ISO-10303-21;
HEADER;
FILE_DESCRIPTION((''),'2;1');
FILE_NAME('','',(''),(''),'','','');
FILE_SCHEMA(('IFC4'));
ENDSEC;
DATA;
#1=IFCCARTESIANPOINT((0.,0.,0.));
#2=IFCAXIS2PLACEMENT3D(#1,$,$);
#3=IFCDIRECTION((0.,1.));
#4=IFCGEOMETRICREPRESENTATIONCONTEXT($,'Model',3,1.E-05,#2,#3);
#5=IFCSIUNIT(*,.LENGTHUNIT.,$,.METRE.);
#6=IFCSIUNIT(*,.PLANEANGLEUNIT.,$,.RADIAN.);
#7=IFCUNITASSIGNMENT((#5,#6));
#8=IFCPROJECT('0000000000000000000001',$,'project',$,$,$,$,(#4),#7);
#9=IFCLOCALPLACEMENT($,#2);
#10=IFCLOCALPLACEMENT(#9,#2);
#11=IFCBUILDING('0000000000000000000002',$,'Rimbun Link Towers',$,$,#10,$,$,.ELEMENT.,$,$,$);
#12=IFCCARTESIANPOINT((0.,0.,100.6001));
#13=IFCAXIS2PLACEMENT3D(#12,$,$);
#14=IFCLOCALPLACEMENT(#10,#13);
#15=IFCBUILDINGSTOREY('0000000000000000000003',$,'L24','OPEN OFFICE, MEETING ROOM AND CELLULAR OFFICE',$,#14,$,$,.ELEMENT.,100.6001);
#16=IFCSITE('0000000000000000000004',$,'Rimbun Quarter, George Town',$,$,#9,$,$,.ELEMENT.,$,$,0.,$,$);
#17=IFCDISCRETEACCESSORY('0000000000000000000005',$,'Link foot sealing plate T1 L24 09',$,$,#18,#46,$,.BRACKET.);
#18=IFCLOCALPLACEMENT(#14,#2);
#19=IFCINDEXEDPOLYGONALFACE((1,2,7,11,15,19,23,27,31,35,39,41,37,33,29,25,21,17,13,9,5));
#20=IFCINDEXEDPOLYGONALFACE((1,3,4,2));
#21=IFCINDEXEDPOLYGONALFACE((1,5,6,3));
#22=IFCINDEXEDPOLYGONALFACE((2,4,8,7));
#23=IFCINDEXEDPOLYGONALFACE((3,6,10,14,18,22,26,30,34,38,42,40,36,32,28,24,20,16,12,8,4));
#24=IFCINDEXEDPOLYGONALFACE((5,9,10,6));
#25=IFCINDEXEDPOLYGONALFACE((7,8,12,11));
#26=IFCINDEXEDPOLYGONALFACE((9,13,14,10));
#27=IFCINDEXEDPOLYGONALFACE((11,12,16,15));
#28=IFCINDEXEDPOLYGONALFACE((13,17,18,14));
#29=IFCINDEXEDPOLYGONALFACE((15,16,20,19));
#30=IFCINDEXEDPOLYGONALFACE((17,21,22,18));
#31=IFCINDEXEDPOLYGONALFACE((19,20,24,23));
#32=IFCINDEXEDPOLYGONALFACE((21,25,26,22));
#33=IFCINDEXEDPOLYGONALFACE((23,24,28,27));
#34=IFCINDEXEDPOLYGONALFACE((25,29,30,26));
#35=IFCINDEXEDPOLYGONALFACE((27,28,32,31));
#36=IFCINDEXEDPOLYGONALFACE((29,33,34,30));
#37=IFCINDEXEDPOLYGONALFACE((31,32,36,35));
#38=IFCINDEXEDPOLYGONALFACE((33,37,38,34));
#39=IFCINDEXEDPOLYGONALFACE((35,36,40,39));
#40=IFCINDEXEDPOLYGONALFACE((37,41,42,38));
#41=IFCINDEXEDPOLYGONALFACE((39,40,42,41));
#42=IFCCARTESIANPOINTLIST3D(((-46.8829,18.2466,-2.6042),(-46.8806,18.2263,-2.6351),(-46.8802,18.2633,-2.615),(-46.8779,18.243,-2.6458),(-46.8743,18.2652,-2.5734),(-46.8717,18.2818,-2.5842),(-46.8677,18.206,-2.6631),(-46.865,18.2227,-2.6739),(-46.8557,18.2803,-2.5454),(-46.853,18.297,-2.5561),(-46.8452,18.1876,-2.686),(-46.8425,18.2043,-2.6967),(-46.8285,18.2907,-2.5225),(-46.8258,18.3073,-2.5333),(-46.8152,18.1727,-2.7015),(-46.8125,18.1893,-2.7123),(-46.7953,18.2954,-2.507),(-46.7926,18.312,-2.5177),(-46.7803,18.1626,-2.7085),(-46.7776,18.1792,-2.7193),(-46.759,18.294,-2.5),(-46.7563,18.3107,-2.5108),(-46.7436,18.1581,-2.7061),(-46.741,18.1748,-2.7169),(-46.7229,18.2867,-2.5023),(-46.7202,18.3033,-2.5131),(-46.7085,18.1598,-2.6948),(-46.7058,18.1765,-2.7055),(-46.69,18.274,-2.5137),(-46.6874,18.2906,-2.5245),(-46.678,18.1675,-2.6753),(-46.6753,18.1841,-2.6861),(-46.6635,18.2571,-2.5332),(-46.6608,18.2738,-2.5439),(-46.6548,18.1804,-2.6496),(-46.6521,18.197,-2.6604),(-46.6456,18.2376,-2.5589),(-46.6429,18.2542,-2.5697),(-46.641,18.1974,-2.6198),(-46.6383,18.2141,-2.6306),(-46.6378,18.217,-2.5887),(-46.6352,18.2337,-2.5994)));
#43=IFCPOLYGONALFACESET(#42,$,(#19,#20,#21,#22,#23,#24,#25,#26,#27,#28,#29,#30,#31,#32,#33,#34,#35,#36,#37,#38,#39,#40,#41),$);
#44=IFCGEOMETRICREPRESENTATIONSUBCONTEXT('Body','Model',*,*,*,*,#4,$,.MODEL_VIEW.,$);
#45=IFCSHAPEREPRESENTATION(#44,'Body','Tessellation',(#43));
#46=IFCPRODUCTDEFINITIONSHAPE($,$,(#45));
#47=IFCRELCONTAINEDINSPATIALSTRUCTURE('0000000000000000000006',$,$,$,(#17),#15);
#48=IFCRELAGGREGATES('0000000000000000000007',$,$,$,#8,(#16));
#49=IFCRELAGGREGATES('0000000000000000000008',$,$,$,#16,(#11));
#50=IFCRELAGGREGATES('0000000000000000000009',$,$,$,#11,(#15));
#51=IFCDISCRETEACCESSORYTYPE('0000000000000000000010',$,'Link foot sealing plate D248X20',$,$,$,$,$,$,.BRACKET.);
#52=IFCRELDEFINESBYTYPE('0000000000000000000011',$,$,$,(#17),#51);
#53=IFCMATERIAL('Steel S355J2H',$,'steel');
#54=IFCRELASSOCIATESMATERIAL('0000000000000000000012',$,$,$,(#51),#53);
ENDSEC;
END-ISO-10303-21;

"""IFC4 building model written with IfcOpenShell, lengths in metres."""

from ifc_helpers import new_model, si_unit, direction, frame, origin, origin_2d, place, context, subcontext, project, spatial, circle, extrude, material, material_profile, profile_set, type_object, element, save


model = new_model("IFC4")

# Units and contexts
model_context = context("Model", 3, precision=1e-05, world=origin(), true_north=direction((0.0, 1.0)))
body_context = subcontext(model_context, "Body", "Model", "MODEL_VIEW")
ifc_project = project(units=[si_unit("LENGTHUNIT", "METRE"), si_unit("PLANEANGLEUNIT", "RADIAN")], contexts=[model_context])

# Site, building, storey
site_placement = place(None, origin())
site = spatial("IfcSite", under=ifc_project, at=site_placement, Name="Rimbun Quarter, George Town", CompositionType="ELEMENT", RefElevation=0.0)
building_placement = place(site_placement, origin())
building = spatial("IfcBuilding", under=site, at=building_placement, Name="Rimbun Link Towers", CompositionType="ELEMENT")
storey_placement = place(building_placement, frame((0.0, 0.0, 100.6001)))
storey = spatial("IfcBuildingStorey", under=building, at=storey_placement, Name="L24", Description="OPEN OFFICE, MEETING ROOM AND CELLULAR OFFICE", CompositionType="ELEMENT", Elevation=100.6001)

# Discrete accessory
ifc_material_1 = material(Name="Steel S355J2H", Category="steel")
ifc_material_profile_1 = material_profile(ifc_material_1, circle(Radius=0.124, at=origin_2d()), Name="PL D248")
ifc_profile_set_1 = profile_set([ifc_material_profile_1], Name="Steel S355J2H")
discrete_accessory_type = type_object("IfcDiscreteAccessoryType", Name="Link foot sealing plate D248X20", PredefinedType="BRACKET", material=ifc_profile_set_1)
discrete_accessory_placement = place(storey_placement, frame((-46.7605, 18.2268, -2.6042), z_axis=(0.134577, 0.831933, -0.538309), x_axis=(-0.987167, 0.159689, 0.0)))
element("IfcDiscreteAccessory", 1, at=discrete_accessory_placement, inside=storey, type_object=discrete_accessory_type, Name="Link foot sealing plate T1 L24 09", PredefinedType="BRACKET", context=body_context, shape_type="SweptSolid", body=[
    extrude(circle(Radius=0.124, at=origin_2d()), origin(), (0.0, 0.0, 1.0), 0.02),
])

save(model, "model.ifc")
